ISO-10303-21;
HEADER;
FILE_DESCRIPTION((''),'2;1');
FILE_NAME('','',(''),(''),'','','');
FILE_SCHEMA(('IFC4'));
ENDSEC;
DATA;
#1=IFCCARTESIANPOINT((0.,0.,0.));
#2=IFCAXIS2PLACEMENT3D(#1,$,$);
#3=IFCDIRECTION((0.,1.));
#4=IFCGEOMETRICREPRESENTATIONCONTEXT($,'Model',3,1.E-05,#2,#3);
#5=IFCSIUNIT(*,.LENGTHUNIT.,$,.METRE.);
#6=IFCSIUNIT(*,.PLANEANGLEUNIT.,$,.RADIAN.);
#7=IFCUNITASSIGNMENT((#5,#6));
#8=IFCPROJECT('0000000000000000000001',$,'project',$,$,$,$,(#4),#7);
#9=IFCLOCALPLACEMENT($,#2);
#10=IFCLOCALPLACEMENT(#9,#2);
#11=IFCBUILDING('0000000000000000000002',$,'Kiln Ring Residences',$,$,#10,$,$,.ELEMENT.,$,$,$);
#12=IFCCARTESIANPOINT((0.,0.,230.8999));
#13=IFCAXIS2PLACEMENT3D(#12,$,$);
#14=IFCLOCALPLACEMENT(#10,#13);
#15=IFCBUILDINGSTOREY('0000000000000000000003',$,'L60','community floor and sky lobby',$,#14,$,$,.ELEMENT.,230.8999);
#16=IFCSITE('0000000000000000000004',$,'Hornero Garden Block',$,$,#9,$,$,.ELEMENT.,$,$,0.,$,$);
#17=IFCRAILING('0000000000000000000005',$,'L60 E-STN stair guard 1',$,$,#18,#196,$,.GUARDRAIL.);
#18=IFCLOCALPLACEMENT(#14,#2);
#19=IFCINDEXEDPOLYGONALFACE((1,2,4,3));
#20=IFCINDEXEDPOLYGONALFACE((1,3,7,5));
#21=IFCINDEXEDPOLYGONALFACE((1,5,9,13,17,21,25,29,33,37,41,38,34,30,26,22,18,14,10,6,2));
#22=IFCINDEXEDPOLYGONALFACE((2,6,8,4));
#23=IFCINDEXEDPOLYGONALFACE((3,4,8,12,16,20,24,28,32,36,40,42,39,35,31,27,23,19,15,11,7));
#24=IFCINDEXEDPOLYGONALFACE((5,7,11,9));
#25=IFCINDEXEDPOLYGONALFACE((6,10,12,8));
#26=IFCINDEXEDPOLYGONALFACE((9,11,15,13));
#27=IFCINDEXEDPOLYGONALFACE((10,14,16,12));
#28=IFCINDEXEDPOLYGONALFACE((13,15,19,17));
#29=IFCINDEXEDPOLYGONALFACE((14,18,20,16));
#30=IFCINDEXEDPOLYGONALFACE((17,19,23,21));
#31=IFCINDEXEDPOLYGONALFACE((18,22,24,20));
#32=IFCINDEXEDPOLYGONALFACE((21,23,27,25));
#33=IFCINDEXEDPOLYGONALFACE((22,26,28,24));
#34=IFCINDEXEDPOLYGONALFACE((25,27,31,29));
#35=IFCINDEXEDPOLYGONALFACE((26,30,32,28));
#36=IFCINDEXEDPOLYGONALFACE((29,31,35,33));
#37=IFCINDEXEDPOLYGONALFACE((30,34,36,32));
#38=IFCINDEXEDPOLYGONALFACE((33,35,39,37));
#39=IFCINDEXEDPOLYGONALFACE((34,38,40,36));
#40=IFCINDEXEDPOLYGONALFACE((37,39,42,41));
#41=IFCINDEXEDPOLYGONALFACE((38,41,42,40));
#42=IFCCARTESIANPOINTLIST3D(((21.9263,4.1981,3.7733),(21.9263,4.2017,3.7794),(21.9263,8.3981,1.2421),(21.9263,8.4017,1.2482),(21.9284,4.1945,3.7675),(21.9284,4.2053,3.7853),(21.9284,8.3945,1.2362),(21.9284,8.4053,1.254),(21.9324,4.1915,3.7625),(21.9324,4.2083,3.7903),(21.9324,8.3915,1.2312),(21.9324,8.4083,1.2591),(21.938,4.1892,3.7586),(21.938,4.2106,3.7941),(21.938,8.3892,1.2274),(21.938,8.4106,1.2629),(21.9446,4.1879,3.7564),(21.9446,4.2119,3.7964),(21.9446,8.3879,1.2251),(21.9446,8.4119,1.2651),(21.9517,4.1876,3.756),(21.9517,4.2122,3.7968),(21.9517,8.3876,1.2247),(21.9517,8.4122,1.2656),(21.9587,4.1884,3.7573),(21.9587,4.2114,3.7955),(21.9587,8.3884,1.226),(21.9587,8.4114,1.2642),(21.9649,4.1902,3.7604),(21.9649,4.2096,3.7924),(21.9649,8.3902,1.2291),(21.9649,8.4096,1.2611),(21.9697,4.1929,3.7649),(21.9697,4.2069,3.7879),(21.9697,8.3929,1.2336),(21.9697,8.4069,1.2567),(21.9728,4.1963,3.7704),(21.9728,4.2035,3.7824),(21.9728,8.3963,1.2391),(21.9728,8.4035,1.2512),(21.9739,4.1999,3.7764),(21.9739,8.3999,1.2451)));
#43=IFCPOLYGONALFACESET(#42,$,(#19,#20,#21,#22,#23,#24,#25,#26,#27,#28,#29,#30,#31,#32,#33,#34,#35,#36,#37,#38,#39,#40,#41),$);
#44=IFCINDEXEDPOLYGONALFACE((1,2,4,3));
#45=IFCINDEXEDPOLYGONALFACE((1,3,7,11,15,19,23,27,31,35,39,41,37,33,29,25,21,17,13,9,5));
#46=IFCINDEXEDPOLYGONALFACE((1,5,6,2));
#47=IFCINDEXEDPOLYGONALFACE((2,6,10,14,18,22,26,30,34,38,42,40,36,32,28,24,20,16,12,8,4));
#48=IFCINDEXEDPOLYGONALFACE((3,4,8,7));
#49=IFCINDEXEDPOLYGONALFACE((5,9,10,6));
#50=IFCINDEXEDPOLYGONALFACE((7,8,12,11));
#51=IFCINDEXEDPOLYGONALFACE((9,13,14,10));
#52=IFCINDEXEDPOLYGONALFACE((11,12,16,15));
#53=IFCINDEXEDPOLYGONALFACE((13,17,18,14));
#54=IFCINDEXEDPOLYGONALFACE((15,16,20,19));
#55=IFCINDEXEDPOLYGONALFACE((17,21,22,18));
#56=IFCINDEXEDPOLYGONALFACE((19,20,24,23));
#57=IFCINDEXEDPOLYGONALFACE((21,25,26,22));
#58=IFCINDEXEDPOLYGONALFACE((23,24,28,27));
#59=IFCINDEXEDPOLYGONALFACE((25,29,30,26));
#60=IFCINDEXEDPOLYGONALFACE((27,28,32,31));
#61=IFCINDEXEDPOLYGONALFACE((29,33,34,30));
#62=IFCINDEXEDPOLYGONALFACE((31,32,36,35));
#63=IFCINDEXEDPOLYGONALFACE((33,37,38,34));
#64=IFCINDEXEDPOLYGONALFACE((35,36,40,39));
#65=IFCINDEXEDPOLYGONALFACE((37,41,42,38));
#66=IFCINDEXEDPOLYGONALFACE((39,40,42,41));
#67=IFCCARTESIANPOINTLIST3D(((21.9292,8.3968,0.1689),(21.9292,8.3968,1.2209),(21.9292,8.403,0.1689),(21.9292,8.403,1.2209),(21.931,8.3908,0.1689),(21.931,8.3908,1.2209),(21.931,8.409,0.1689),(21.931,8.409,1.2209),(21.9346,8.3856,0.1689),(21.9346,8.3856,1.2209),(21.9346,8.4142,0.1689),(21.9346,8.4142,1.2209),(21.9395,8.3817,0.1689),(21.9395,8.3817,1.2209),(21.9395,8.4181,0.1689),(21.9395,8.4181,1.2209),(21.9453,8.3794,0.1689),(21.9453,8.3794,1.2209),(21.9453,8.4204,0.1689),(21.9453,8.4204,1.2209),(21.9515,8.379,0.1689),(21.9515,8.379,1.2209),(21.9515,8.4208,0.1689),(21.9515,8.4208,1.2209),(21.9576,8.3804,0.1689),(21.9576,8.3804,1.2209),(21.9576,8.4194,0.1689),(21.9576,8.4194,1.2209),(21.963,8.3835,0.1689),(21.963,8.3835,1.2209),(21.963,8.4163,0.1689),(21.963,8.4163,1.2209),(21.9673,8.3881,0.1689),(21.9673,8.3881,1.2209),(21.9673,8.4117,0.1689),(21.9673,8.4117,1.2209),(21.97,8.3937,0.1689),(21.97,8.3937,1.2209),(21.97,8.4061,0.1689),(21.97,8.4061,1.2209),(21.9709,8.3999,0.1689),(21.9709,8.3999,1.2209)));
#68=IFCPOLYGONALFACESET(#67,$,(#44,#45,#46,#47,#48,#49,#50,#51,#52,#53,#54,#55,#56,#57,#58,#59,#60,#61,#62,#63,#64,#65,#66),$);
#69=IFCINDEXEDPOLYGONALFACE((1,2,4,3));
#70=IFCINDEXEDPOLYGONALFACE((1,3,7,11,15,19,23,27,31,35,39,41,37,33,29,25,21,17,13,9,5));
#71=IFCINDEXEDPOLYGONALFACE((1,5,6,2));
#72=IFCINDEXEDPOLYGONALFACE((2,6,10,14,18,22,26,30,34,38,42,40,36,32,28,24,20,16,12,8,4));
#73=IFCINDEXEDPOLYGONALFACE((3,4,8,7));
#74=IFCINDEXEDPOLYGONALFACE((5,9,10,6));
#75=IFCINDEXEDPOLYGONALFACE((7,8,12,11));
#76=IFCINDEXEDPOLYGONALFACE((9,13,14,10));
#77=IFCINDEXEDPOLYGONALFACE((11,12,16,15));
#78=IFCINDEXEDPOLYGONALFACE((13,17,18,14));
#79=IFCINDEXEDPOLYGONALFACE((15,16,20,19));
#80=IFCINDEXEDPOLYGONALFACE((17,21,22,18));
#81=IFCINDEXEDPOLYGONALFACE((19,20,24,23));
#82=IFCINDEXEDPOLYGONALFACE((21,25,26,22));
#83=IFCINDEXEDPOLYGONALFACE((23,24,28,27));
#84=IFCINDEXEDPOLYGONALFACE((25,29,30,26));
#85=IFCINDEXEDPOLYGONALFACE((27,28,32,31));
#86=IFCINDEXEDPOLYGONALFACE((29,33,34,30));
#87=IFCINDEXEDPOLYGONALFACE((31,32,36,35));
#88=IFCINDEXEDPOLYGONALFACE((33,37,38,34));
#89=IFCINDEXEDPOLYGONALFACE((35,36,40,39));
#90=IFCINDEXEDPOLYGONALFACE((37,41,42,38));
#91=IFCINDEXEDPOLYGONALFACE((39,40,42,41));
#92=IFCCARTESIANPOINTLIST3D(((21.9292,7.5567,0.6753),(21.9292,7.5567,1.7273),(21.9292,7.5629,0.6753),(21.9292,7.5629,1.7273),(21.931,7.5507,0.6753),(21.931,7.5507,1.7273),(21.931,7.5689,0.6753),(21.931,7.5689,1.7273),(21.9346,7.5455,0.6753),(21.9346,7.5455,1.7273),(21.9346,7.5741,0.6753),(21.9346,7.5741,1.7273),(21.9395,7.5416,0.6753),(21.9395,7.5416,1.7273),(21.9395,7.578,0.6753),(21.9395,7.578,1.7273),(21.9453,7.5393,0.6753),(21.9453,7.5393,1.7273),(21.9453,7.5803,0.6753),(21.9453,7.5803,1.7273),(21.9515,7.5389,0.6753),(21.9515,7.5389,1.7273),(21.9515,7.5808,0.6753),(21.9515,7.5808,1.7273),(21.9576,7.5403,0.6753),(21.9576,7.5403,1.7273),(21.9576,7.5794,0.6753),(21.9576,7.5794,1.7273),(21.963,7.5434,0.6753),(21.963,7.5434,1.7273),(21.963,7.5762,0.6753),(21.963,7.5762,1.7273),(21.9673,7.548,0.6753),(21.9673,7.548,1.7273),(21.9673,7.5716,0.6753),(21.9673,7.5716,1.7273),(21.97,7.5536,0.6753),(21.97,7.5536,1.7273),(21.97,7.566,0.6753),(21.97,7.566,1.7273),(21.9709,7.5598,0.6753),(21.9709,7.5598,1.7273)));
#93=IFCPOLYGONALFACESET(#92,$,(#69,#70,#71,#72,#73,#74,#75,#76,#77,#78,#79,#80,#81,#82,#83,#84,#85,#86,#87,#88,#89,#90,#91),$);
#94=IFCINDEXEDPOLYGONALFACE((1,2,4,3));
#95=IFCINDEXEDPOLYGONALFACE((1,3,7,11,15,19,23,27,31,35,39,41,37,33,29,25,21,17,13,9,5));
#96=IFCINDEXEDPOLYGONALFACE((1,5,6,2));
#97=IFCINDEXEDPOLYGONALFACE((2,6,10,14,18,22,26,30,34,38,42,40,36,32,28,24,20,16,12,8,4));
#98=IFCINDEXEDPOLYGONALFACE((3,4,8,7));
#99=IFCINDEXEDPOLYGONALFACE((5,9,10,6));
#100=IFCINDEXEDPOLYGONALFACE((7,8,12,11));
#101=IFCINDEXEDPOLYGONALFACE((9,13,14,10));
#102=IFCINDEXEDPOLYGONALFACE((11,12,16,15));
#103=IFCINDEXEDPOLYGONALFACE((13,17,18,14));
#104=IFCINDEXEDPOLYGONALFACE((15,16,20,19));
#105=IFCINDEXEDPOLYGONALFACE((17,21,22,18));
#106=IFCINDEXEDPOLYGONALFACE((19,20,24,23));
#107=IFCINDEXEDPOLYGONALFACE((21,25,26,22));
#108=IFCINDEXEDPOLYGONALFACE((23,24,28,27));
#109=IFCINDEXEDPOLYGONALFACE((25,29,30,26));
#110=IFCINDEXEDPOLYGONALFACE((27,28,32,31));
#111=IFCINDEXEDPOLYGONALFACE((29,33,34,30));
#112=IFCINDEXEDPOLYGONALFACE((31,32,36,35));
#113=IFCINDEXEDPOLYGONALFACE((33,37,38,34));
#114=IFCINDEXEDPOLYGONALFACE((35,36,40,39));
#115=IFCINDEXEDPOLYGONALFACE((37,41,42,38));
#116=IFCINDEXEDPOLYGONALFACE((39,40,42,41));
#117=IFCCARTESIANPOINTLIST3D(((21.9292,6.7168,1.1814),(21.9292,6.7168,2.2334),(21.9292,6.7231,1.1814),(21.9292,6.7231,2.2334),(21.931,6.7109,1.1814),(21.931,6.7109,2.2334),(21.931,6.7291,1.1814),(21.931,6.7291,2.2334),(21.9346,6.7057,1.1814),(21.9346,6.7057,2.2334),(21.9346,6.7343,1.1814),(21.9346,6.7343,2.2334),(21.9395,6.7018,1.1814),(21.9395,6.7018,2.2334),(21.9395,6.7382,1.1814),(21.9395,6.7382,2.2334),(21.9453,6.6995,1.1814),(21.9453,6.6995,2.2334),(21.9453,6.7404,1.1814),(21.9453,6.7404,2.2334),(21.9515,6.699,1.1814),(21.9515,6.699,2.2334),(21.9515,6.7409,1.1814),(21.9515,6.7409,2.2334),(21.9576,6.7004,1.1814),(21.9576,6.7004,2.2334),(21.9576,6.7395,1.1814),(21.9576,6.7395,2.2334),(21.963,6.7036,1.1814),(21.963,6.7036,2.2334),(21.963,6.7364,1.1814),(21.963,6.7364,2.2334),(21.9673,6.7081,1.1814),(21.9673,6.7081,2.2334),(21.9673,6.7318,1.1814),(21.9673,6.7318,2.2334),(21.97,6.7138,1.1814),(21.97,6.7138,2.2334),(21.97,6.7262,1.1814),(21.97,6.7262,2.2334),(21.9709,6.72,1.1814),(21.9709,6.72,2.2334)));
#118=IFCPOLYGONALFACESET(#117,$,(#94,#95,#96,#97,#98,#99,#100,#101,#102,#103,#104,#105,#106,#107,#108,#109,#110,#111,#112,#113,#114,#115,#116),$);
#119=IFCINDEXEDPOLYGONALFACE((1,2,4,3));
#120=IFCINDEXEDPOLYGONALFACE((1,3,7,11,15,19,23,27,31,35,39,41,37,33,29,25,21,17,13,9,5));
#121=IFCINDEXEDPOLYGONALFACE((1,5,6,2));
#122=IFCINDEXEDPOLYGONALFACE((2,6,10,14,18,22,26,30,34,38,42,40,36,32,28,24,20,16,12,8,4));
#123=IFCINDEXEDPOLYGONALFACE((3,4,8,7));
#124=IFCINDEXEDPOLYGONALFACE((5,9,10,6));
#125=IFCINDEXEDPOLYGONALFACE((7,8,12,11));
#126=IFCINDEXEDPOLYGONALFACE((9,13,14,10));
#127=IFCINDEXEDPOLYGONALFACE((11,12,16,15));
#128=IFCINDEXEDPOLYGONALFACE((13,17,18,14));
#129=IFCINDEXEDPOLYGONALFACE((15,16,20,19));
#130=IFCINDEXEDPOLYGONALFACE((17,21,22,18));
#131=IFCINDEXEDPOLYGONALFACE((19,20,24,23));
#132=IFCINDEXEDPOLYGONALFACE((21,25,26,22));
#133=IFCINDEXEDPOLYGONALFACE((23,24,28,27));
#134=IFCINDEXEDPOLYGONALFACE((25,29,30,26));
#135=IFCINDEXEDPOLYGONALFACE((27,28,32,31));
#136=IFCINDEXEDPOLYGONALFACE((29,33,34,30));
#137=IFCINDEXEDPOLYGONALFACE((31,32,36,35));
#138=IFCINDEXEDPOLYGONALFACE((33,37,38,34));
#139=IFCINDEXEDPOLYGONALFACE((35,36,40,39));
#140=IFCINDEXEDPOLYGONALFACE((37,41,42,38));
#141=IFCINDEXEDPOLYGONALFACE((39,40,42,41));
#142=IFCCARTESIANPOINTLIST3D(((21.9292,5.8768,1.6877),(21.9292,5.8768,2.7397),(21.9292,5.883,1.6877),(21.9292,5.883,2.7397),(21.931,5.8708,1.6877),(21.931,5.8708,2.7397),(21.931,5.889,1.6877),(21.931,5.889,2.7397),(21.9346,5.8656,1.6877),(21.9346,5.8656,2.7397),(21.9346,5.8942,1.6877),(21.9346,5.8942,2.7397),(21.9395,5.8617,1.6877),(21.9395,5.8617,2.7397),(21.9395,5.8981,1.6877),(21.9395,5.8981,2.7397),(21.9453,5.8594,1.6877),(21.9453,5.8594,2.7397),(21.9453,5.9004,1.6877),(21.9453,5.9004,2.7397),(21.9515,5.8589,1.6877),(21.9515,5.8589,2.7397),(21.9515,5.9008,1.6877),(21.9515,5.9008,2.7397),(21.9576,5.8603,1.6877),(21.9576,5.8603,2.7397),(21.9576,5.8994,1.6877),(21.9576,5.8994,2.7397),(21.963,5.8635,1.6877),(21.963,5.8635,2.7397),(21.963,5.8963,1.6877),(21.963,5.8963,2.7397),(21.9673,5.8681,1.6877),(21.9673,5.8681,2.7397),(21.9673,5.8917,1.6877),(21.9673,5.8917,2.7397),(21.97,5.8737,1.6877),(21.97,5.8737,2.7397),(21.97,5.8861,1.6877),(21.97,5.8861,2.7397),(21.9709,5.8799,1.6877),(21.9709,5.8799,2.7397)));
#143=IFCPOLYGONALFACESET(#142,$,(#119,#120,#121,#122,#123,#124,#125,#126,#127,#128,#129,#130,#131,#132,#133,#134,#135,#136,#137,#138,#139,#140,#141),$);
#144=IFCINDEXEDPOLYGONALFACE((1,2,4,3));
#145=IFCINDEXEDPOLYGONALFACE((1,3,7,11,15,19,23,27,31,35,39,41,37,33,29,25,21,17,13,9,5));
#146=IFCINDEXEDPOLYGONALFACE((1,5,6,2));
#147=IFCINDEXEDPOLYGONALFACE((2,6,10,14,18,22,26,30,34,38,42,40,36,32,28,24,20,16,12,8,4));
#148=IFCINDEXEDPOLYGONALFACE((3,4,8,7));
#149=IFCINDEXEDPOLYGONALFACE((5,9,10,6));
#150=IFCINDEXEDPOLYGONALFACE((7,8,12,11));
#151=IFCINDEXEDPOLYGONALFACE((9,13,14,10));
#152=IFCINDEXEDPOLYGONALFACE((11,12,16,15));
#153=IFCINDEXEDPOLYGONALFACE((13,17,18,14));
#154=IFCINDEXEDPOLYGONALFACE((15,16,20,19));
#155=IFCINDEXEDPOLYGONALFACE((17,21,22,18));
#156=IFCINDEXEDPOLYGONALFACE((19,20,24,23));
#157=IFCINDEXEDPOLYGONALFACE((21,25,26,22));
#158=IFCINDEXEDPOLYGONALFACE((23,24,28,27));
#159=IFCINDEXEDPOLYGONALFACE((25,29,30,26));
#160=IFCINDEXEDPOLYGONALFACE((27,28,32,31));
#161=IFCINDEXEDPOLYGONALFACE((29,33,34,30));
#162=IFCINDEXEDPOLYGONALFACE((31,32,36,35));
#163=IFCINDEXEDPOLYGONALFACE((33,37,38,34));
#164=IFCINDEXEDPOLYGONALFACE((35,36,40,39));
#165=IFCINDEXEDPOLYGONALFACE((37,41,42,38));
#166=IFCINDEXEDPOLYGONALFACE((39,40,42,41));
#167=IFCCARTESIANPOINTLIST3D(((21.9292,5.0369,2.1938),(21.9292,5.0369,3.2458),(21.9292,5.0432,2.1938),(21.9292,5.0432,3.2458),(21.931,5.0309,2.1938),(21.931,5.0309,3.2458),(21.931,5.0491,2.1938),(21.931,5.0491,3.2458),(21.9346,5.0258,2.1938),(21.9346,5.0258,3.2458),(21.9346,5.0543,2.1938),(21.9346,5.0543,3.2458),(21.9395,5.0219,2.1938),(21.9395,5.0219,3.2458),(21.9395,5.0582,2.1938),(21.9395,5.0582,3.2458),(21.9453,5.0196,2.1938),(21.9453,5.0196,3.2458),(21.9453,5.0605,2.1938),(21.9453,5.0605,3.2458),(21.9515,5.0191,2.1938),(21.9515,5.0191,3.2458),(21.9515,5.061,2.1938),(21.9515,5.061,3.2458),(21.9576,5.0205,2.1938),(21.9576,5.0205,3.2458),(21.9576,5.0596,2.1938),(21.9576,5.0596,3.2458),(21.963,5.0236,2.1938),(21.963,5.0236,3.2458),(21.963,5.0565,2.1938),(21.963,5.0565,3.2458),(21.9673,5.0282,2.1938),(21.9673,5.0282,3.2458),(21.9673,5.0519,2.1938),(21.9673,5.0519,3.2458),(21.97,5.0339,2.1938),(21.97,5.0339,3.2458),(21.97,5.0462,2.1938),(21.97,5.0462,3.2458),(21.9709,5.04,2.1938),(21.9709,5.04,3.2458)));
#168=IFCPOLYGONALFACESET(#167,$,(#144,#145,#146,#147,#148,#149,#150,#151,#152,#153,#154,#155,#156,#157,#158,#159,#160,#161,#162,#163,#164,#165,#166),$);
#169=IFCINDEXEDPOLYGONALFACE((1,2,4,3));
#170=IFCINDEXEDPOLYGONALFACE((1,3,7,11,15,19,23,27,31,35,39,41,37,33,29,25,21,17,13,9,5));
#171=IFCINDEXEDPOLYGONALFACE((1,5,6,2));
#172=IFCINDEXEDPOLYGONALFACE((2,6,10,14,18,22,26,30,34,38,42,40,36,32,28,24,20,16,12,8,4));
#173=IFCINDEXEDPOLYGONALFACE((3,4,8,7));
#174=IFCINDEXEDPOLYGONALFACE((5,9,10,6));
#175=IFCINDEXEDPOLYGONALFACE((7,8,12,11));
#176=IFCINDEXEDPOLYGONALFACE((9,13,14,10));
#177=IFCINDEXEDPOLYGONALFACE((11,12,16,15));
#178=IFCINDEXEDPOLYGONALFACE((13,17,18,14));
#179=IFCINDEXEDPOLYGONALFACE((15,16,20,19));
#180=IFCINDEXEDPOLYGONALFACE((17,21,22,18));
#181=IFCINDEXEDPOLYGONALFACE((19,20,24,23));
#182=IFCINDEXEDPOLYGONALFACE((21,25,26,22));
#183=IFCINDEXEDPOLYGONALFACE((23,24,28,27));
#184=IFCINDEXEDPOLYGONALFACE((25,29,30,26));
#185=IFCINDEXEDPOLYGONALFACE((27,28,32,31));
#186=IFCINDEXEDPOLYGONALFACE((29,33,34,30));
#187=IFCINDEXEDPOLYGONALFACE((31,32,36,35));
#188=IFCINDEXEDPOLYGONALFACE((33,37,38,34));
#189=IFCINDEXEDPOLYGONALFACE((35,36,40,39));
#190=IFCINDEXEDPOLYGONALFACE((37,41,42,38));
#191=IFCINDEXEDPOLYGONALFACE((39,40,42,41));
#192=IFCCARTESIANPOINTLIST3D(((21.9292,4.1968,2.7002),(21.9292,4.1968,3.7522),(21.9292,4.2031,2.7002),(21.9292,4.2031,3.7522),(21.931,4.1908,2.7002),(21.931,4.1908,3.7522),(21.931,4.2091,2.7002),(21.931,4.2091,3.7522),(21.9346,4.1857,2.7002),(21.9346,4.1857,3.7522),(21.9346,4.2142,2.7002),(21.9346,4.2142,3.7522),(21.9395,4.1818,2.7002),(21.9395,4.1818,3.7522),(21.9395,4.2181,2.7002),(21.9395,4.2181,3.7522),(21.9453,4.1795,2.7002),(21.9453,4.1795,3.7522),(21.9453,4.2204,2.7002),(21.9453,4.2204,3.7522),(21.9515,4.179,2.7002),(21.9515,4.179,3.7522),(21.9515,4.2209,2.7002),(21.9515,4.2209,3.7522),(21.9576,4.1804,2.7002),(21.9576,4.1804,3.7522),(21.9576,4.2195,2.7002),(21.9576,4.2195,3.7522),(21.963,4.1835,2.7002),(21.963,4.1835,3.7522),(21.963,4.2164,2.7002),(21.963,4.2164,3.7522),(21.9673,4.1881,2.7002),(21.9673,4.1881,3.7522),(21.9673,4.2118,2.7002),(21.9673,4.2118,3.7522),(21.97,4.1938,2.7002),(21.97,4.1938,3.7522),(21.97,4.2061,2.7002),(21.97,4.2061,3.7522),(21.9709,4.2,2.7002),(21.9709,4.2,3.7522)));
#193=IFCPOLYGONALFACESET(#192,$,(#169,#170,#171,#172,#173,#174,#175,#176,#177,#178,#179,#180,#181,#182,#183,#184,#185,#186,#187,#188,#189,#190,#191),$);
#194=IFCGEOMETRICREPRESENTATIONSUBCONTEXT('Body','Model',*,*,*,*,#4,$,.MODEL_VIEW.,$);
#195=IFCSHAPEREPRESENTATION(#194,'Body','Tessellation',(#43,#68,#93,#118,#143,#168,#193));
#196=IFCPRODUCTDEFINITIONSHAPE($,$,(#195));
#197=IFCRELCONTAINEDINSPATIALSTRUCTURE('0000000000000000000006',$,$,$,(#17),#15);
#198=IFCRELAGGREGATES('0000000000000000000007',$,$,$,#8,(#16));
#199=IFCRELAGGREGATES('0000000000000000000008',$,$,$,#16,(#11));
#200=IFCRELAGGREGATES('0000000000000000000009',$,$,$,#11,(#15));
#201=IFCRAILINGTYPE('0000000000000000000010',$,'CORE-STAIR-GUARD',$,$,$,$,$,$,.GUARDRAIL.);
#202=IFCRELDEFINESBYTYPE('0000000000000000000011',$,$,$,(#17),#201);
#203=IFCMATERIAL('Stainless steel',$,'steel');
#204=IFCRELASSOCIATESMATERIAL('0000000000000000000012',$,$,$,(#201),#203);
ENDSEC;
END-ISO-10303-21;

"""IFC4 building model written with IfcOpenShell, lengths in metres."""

from ifc_helpers import new_model, si_unit, direction, frame, origin, origin_2d, place, context, subcontext, project, spatial, circle, extrude, material, type_object, element, save


model = new_model("IFC4")

# Units and contexts
model_context = context("Model", 3, precision=1e-05, world=origin(), true_north=direction((0.0, 1.0)))
body_context = subcontext(model_context, "Body", "Model", "MODEL_VIEW")
ifc_project = project(units=[si_unit("LENGTHUNIT", "METRE"), si_unit("PLANEANGLEUNIT", "RADIAN")], contexts=[model_context])

# Site, building, storey
site_placement = place(None, origin())
site = spatial("IfcSite", under=ifc_project, at=site_placement, Name="Hornero Garden Block", CompositionType="ELEMENT", RefElevation=0.0)
building_placement = place(site_placement, origin())
building = spatial("IfcBuilding", under=site, at=building_placement, Name="Kiln Ring Residences", CompositionType="ELEMENT")
storey_placement = place(building_placement, frame((0.0, 0.0, 230.8999)))
storey = spatial("IfcBuildingStorey", under=building, at=storey_placement, Name="L60", Description="community floor and sky lobby", CompositionType="ELEMENT", Elevation=230.8999)

# Railing
ifc_material_1 = material(Name="Stainless steel", Category="steel")
railing_type_1 = type_object("IfcRailingType", Name="CORE-STAIR-GUARD", PredefinedType="GUARDRAIL", material=ifc_material_1)
railing_1_placement = place(storey_placement, frame((21.95, 8.3999, 0.1689)))
element("IfcRailing", 1, at=railing_1_placement, inside=storey, type_object=railing_type_1, Name="L60 E-STN stair guard 1", PredefinedType="GUARDRAIL", context=body_context, shape_type="SweptSolid", body=[
    extrude(circle(Radius=0.0239, at=origin_2d()), frame((0.0, 0.0, 1.0762), z_axis=(0.0, -0.856476, 0.516186), x_axis=(1.0, 0.0, 0.0)), (0.0, 0.0, 1.0), 4.9038),
    extrude(circle(Radius=0.021, at=origin_2d()), origin(), (0.0, 0.0, 1.0), 1.052),
    extrude(circle(Radius=0.021, at=origin_2d()), frame((0.0, -0.8401, 0.5063)), (0.0, 0.0, 1.0), 1.052),
    extrude(circle(Radius=0.021, at=origin_2d()), frame((0.0, -1.6799, 1.0125)), (0.0, 0.0, 1.0), 1.052),
    extrude(circle(Radius=0.021, at=origin_2d()), frame((0.0, -2.52, 1.5188)), (0.0, 0.0, 1.0), 1.052),
    extrude(circle(Radius=0.021, at=origin_2d()), frame((0.0, -3.3599, 2.0249)), (0.0, 0.0, 1.0), 1.052),
    extrude(circle(Radius=0.021, at=origin_2d()), frame((0.0, -4.2, 2.5312)), (0.0, 0.0, 1.0), 1.052),
])

save(model, "model.ifc")
